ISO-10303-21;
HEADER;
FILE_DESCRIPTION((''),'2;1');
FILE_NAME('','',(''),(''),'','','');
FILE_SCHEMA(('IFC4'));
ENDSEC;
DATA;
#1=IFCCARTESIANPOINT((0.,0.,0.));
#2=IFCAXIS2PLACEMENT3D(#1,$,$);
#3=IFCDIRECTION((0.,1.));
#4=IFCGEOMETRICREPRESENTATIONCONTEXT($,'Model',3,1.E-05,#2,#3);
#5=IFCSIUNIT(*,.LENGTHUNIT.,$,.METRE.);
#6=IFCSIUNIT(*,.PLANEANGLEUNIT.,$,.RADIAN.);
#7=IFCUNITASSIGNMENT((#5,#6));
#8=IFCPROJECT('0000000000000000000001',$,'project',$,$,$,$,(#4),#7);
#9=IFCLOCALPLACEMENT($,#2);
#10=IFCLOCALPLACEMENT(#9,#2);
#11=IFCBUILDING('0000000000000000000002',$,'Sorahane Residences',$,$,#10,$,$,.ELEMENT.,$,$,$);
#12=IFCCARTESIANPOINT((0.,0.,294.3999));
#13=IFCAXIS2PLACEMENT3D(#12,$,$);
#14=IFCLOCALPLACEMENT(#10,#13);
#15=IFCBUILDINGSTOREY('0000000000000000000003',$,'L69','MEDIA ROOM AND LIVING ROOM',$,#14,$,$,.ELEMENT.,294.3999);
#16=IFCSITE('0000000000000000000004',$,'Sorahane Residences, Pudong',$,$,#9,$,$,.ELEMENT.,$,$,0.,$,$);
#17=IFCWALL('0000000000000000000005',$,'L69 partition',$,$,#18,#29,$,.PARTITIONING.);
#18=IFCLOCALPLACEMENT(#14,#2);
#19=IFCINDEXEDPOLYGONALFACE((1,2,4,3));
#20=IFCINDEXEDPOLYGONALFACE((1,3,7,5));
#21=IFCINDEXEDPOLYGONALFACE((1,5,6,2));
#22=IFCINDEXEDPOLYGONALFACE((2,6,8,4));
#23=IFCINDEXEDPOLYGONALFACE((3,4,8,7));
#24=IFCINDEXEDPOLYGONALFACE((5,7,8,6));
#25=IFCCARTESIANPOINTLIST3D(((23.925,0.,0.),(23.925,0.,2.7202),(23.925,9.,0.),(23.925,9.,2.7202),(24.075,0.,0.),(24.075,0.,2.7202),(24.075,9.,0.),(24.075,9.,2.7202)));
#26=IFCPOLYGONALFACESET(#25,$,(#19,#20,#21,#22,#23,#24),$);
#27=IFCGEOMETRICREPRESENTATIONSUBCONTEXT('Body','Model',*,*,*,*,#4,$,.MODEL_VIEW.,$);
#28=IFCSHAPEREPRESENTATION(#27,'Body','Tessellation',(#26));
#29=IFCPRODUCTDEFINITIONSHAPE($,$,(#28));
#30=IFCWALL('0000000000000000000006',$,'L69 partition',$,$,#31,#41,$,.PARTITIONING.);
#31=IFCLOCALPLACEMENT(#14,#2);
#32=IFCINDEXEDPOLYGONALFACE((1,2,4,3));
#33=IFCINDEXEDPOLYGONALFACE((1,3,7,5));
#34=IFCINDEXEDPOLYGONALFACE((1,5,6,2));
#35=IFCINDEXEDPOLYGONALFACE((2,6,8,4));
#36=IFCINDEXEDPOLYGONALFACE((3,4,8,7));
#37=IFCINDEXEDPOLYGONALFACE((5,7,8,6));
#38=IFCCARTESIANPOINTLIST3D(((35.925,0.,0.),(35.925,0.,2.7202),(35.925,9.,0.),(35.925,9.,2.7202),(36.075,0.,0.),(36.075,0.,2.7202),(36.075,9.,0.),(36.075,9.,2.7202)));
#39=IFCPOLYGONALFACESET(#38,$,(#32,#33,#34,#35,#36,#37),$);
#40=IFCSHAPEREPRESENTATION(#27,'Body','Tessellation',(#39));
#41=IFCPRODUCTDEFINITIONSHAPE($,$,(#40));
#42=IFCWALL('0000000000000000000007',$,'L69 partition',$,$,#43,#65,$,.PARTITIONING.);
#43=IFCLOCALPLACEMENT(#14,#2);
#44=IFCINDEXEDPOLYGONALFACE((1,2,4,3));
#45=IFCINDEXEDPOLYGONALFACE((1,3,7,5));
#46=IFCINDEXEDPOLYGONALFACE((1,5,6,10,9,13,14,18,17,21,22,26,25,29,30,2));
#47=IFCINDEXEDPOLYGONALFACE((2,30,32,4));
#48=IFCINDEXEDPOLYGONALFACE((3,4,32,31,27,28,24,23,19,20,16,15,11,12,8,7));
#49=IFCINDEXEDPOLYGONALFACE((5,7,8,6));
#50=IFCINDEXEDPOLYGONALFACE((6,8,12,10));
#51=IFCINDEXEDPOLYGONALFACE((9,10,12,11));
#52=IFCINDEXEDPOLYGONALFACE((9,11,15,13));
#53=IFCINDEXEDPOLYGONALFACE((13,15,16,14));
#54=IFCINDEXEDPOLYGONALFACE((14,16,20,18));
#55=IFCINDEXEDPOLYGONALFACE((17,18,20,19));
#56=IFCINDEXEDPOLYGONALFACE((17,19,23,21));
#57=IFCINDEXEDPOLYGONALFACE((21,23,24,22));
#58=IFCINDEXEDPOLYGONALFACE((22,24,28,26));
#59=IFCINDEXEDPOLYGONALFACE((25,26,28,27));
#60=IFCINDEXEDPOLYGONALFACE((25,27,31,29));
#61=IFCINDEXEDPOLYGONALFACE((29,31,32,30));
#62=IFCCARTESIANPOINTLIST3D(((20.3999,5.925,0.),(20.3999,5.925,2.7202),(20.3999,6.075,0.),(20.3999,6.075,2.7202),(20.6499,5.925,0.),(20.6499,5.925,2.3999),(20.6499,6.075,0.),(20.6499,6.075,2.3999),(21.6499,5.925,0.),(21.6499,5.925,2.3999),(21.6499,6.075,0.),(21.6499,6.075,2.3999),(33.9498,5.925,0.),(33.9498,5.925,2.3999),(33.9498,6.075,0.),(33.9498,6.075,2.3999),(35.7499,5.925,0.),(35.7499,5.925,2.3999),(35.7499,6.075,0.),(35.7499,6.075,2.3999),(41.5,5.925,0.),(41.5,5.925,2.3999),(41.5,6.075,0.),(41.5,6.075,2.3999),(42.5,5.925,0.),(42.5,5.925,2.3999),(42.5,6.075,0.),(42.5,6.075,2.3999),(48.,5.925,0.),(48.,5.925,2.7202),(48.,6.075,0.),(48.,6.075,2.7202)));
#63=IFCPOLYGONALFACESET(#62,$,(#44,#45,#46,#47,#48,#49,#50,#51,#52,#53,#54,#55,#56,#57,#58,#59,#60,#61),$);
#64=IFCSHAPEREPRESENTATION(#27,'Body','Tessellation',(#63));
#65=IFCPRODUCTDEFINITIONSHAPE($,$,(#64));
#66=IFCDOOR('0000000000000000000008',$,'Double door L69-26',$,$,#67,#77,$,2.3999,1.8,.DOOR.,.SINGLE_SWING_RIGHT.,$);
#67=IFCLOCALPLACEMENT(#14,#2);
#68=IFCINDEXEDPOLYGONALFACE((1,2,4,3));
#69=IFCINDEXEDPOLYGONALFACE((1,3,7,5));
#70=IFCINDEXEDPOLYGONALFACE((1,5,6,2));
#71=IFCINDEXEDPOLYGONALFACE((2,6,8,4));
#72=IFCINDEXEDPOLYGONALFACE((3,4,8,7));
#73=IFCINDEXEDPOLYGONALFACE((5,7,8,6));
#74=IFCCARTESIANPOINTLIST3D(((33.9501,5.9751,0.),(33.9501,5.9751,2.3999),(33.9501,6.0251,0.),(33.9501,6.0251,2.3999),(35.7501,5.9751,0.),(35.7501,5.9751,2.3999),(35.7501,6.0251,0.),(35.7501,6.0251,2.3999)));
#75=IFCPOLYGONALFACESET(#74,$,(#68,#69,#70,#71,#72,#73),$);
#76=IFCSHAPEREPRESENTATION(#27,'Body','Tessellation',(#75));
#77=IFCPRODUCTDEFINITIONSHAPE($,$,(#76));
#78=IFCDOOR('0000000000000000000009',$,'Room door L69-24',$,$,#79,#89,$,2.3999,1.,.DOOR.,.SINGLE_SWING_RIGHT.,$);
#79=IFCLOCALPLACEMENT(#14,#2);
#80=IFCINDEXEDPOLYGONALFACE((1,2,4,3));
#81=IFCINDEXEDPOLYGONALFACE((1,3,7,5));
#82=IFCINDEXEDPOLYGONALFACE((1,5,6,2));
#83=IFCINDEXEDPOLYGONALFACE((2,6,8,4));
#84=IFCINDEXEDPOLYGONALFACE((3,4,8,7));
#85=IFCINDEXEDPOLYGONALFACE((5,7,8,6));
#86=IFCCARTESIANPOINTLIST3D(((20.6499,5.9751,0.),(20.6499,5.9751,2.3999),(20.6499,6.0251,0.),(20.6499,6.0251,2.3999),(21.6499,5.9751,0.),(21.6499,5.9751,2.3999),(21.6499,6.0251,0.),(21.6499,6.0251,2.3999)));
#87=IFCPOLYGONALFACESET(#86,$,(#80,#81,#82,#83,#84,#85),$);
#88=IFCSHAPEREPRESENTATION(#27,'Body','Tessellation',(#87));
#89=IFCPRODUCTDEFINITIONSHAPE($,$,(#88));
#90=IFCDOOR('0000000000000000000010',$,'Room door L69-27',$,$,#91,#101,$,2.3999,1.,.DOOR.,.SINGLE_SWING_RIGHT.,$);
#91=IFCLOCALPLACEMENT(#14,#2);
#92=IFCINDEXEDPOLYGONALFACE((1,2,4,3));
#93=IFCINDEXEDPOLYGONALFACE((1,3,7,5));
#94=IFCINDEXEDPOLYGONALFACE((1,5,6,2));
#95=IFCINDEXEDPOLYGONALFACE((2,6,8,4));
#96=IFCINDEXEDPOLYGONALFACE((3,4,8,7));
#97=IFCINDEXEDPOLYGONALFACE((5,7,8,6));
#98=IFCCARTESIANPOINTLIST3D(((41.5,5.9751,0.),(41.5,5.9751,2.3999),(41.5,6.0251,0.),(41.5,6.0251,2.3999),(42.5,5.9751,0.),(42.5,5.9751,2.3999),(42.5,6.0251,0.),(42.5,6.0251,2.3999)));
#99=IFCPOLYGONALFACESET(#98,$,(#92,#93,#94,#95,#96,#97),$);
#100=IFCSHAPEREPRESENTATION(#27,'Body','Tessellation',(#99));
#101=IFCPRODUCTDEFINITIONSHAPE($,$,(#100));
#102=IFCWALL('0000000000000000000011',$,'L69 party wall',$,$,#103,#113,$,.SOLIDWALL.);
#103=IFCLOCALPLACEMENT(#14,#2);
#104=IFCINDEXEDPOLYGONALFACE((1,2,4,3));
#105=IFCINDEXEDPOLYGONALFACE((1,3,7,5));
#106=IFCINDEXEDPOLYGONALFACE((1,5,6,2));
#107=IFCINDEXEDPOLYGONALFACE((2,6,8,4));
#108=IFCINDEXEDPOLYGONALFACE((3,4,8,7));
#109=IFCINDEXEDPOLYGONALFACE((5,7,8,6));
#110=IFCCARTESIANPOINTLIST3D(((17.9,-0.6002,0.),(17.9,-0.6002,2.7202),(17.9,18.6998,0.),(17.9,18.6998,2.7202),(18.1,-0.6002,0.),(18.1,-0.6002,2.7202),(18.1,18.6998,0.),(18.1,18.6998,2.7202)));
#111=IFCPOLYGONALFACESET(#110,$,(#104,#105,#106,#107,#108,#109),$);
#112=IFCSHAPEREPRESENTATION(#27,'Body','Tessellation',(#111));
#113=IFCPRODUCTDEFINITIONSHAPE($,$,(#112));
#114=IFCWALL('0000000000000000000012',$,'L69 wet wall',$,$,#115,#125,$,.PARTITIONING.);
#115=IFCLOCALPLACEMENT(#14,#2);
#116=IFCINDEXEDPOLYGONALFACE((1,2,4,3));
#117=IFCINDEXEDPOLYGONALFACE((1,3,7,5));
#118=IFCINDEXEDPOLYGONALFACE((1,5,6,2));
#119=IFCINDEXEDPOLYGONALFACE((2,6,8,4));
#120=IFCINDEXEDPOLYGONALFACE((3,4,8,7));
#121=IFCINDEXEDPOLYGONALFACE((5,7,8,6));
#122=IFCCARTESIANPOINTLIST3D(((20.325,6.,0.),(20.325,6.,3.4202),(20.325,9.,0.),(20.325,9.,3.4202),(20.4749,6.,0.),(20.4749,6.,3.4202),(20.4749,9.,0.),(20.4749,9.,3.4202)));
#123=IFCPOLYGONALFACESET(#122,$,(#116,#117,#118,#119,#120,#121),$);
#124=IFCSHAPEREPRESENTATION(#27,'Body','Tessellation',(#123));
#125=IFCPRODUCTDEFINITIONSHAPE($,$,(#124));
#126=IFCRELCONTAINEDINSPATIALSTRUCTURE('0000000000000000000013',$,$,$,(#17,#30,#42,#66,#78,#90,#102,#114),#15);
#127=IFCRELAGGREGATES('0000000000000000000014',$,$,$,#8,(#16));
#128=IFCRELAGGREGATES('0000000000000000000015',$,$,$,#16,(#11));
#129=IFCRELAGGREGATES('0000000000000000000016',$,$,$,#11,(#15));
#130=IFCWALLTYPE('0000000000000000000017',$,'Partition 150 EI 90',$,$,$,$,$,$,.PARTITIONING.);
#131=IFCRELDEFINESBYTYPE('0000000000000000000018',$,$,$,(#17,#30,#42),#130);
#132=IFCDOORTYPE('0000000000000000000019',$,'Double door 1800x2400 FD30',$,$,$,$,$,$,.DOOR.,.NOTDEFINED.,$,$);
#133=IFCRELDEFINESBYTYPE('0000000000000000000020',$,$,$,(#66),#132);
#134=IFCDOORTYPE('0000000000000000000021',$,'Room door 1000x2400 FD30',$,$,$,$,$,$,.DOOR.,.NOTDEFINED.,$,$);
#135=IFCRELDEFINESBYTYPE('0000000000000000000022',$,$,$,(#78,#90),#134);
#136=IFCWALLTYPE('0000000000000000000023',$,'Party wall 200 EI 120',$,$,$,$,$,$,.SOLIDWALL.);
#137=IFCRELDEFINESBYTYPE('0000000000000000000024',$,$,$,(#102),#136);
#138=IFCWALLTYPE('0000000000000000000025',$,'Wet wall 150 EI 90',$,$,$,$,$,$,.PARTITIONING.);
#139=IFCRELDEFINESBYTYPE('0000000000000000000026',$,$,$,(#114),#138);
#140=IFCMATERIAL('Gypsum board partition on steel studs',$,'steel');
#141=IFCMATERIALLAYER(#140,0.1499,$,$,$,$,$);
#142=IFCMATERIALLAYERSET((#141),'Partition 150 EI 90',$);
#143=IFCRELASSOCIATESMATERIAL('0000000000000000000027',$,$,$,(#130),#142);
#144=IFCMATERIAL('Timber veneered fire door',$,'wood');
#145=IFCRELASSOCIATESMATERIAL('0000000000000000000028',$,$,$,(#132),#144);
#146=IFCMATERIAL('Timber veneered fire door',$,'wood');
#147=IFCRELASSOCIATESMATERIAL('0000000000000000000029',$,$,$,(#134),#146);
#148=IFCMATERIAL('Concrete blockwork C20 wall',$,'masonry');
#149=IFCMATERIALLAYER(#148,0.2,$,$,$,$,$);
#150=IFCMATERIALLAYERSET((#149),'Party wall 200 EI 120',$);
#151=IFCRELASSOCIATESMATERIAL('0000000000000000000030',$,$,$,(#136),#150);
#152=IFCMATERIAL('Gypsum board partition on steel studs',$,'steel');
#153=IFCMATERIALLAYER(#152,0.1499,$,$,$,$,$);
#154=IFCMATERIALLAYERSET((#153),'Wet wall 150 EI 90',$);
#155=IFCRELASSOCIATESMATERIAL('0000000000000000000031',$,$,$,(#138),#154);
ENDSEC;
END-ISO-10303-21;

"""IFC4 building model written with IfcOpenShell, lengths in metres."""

from ifc_helpers import new_model, si_unit, direction, frame, frame_2d, origin, place, context, subcontext, project, spatial, rectangle, extrude, material, layer, layer_set, type_object, element, fill, save


model = new_model("IFC4")

# Units and contexts
model_context = context("Model", 3, precision=1e-05, world=origin(), true_north=direction((0.0, 1.0)))
body_context = subcontext(model_context, "Body", "Model", "MODEL_VIEW")
ifc_project = project(units=[si_unit("LENGTHUNIT", "METRE"), si_unit("PLANEANGLEUNIT", "RADIAN")], contexts=[model_context])

# Site, building, storey
site_placement = place(None, origin())
site = spatial("IfcSite", under=ifc_project, at=site_placement, Name="Sorahane Residences, Pudong", CompositionType="ELEMENT", RefElevation=0.0)
building_placement = place(site_placement, origin())
building = spatial("IfcBuilding", under=site, at=building_placement, Name="Sorahane Residences", CompositionType="ELEMENT")
storey_placement = place(building_placement, frame((0.0, 0.0, 294.3999)))
storey = spatial("IfcBuildingStorey", under=building, at=storey_placement, Name="L69", Description="MEDIA ROOM AND LIVING ROOM", CompositionType="ELEMENT", Elevation=294.3999)

# Walls
ifc_material_1 = material(Name="Gypsum board partition on steel studs", Category="steel")
ifc_layer_1 = layer(ifc_material_1, 0.1499)
ifc_layer_set_1 = layer_set([ifc_layer_1], Name="Partition 150 EI 90")
wall_type_1 = type_object("IfcWallType", Name="Partition 150 EI 90", PredefinedType="PARTITIONING", material=ifc_layer_set_1)
for number, where, z_axis, x_axis, name in (
    (1, (24.0, 0.0, 0.0), (0.0, 0.0, 1.0), (0.0, 1.0, 0.0), "L69 partition"),
    (2, (36.0, 0.0, 0.0), (0.0, 0.0, 1.0), (0.0, 1.0, 0.0), "L69 partition"),
):
    element("IfcWall", number, at=place(storey_placement, frame(where, z_axis=z_axis, x_axis=x_axis)), inside=storey, type_object=wall_type_1, Name=name, PredefinedType="PARTITIONING", context=body_context, shape_type="SweptSolid", body=[
        extrude(rectangle(XDim=9.0, YDim=0.1499, at=frame_2d((4.5, 0.0))), origin(), (0.0, 0.0, 1.0), 2.7202),
    ])

# Wall, openings, doors
wall_1_placement = place(storey_placement, frame((20.3999, 6.0, 0.0), z_axis=(0.0, 0.0, 1.0), x_axis=(1.0, 0.0, 0.0)))
wall_1 = element("IfcWall", 3, at=wall_1_placement, inside=storey, type_object=wall_type_1, Name="L69 partition", PredefinedType="PARTITIONING", context=body_context, shape_type="SweptSolid", body=[
    extrude(rectangle(XDim=27.6001, YDim=0.1499, at=frame_2d((13.8, 0.0))), origin(), (0.0, 0.0, 1.0), 2.7202),
])
opening_1_placement = place(wall_1_placement, frame((0.25, 0.0, 0.0)))
opening_1 = element("IfcOpeningElement", 4, at=opening_1_placement, cuts=wall_1, PredefinedType="OPENING", context=body_context, shape_type="SweptSolid", body=[
    extrude(rectangle(XDim=1.0, YDim=2.3999, at=frame_2d((0.5, 1.2))), frame((0.0, 0.085, 0.0), z_axis=(0.0, -1.0, 0.0), x_axis=(1.0, 0.0, 0.0)), (0.0, 0.0, 1.0), 0.1699),
])
opening_2_placement = place(wall_1_placement, frame((13.55, 0.0, 0.0)))
opening_2 = element("IfcOpeningElement", 5, at=opening_2_placement, cuts=wall_1, PredefinedType="OPENING", context=body_context, shape_type="SweptSolid", body=[
    extrude(rectangle(XDim=1.8, YDim=2.3999, at=frame_2d((0.8999, 1.2))), frame((0.0, 0.085, 0.0), z_axis=(0.0, -1.0, 0.0), x_axis=(1.0, 0.0, 0.0)), (0.0, 0.0, 1.0), 0.1699),
])
opening_3_placement = place(wall_1_placement, frame((21.1001, 0.0, 0.0)))
opening_3 = element("IfcOpeningElement", 6, at=opening_3_placement, cuts=wall_1, PredefinedType="OPENING", context=body_context, shape_type="SweptSolid", body=[
    extrude(rectangle(XDim=1.0, YDim=2.3999, at=frame_2d((0.5, 1.2))), frame((0.0, 0.085, 0.0), z_axis=(0.0, -1.0, 0.0), x_axis=(1.0, 0.0, 0.0)), (0.0, 0.0, 1.0), 0.1699),
])
ifc_material_2 = material(Name="Timber veneered fire door", Category="wood")
door_type_1 = type_object("IfcDoorType", Name="Double door 1800x2400 FD30", OperationType="NOTDEFINED", PredefinedType="DOOR", material=ifc_material_2)
door_1_placement = place(opening_2_placement, frame((1.8, 0.0, 0.0), z_axis=(0.0, 0.0, 1.0), x_axis=(-1.0, 0.0, 0.0)))
door_1 = element("IfcDoor", 7, at=door_1_placement, inside=storey, type_object=door_type_1, Name="Double door L69-26", OperationType="SINGLE_SWING_RIGHT", OverallHeight=2.3999, OverallWidth=1.8, PredefinedType="DOOR", context=body_context, shape_type="SweptSolid", body=[
    extrude(rectangle(XDim=1.8, YDim=2.3999, at=frame_2d((0.8999, 1.2))), frame((0.0, 0.0249, 0.0), z_axis=(0.0, -1.0, 0.0), x_axis=(1.0, 0.0, 0.0)), (0.0, 0.0, 1.0), 0.05),
])
fill(opening_2, door_1)
ifc_material_3 = material(Name="Timber veneered fire door", Category="wood")
door_type_2 = type_object("IfcDoorType", Name="Room door 1000x2400 FD30", OperationType="NOTDEFINED", PredefinedType="DOOR", material=ifc_material_3)
door_2_placement = place(opening_1_placement, frame((1.0, 0.0, 0.0), z_axis=(0.0, 0.0, 1.0), x_axis=(-1.0, 0.0, 0.0)))
door_2 = element("IfcDoor", 8, at=door_2_placement, inside=storey, type_object=door_type_2, Name="Room door L69-24", OperationType="SINGLE_SWING_RIGHT", OverallHeight=2.3999, OverallWidth=1.0, PredefinedType="DOOR", context=body_context, shape_type="SweptSolid", body=[
    extrude(rectangle(XDim=1.0, YDim=2.3999, at=frame_2d((0.5, 1.2))), frame((0.0, 0.0249, 0.0), z_axis=(0.0, -1.0, 0.0), x_axis=(1.0, 0.0, 0.0)), (0.0, 0.0, 1.0), 0.05),
])
fill(opening_1, door_2)
door_3_placement = place(opening_3_placement, frame((1.0, 0.0, 0.0), z_axis=(0.0, 0.0, 1.0), x_axis=(-1.0, 0.0, 0.0)))
door_3 = element("IfcDoor", 9, at=door_3_placement, inside=storey, type_object=door_type_2, Name="Room door L69-27", OperationType="SINGLE_SWING_RIGHT", OverallHeight=2.3999, OverallWidth=1.0, PredefinedType="DOOR", context=body_context, shape_type="SweptSolid", body=[
    extrude(rectangle(XDim=1.0, YDim=2.3999, at=frame_2d((0.5, 1.2))), frame((0.0, 0.0249, 0.0), z_axis=(0.0, -1.0, 0.0), x_axis=(1.0, 0.0, 0.0)), (0.0, 0.0, 1.0), 0.05),
])
fill(opening_3, door_3)

# Walls
ifc_material_4 = material(Name="Concrete blockwork C20 wall", Category="masonry")
ifc_layer_2 = layer(ifc_material_4, 0.2)
ifc_layer_set_2 = layer_set([ifc_layer_2], Name="Party wall 200 EI 120")
wall_type_2 = type_object("IfcWallType", Name="Party wall 200 EI 120", PredefinedType="SOLIDWALL", material=ifc_layer_set_2)
wall_2_placement = place(storey_placement, frame((18.0, -0.6001, 0.0), z_axis=(0.0, 0.0, 1.0), x_axis=(0.0, 1.0, 0.0)))
element("IfcWall", 10, at=wall_2_placement, inside=storey, type_object=wall_type_2, Name="L69 party wall", PredefinedType="SOLIDWALL", context=body_context, shape_type="SweptSolid", body=[
    extrude(rectangle(XDim=19.3, YDim=0.2, at=frame_2d((9.6499, 0.0))), origin(), (0.0, 0.0, 1.0), 2.7202),
])
ifc_material_5 = material(Name="Gypsum board partition on steel studs", Category="steel")
ifc_layer_3 = layer(ifc_material_5, 0.1499)
ifc_layer_set_3 = layer_set([ifc_layer_3], Name="Wet wall 150 EI 90")
wall_type_3 = type_object("IfcWallType", Name="Wet wall 150 EI 90", PredefinedType="PARTITIONING", material=ifc_layer_set_3)
wall_3_placement = place(storey_placement, frame((20.3999, 6.0, 0.0), z_axis=(0.0, 0.0, 1.0), x_axis=(0.0, 1.0, 0.0)))
element("IfcWall", 11, at=wall_3_placement, inside=storey, type_object=wall_type_3, Name="L69 wet wall", PredefinedType="PARTITIONING", context=body_context, shape_type="SweptSolid", body=[
    extrude(rectangle(XDim=3.0, YDim=0.1499, at=frame_2d((1.5, 0.0))), origin(), (0.0, 0.0, 1.0), 3.4202),
])

save(model, "model.ifc")
